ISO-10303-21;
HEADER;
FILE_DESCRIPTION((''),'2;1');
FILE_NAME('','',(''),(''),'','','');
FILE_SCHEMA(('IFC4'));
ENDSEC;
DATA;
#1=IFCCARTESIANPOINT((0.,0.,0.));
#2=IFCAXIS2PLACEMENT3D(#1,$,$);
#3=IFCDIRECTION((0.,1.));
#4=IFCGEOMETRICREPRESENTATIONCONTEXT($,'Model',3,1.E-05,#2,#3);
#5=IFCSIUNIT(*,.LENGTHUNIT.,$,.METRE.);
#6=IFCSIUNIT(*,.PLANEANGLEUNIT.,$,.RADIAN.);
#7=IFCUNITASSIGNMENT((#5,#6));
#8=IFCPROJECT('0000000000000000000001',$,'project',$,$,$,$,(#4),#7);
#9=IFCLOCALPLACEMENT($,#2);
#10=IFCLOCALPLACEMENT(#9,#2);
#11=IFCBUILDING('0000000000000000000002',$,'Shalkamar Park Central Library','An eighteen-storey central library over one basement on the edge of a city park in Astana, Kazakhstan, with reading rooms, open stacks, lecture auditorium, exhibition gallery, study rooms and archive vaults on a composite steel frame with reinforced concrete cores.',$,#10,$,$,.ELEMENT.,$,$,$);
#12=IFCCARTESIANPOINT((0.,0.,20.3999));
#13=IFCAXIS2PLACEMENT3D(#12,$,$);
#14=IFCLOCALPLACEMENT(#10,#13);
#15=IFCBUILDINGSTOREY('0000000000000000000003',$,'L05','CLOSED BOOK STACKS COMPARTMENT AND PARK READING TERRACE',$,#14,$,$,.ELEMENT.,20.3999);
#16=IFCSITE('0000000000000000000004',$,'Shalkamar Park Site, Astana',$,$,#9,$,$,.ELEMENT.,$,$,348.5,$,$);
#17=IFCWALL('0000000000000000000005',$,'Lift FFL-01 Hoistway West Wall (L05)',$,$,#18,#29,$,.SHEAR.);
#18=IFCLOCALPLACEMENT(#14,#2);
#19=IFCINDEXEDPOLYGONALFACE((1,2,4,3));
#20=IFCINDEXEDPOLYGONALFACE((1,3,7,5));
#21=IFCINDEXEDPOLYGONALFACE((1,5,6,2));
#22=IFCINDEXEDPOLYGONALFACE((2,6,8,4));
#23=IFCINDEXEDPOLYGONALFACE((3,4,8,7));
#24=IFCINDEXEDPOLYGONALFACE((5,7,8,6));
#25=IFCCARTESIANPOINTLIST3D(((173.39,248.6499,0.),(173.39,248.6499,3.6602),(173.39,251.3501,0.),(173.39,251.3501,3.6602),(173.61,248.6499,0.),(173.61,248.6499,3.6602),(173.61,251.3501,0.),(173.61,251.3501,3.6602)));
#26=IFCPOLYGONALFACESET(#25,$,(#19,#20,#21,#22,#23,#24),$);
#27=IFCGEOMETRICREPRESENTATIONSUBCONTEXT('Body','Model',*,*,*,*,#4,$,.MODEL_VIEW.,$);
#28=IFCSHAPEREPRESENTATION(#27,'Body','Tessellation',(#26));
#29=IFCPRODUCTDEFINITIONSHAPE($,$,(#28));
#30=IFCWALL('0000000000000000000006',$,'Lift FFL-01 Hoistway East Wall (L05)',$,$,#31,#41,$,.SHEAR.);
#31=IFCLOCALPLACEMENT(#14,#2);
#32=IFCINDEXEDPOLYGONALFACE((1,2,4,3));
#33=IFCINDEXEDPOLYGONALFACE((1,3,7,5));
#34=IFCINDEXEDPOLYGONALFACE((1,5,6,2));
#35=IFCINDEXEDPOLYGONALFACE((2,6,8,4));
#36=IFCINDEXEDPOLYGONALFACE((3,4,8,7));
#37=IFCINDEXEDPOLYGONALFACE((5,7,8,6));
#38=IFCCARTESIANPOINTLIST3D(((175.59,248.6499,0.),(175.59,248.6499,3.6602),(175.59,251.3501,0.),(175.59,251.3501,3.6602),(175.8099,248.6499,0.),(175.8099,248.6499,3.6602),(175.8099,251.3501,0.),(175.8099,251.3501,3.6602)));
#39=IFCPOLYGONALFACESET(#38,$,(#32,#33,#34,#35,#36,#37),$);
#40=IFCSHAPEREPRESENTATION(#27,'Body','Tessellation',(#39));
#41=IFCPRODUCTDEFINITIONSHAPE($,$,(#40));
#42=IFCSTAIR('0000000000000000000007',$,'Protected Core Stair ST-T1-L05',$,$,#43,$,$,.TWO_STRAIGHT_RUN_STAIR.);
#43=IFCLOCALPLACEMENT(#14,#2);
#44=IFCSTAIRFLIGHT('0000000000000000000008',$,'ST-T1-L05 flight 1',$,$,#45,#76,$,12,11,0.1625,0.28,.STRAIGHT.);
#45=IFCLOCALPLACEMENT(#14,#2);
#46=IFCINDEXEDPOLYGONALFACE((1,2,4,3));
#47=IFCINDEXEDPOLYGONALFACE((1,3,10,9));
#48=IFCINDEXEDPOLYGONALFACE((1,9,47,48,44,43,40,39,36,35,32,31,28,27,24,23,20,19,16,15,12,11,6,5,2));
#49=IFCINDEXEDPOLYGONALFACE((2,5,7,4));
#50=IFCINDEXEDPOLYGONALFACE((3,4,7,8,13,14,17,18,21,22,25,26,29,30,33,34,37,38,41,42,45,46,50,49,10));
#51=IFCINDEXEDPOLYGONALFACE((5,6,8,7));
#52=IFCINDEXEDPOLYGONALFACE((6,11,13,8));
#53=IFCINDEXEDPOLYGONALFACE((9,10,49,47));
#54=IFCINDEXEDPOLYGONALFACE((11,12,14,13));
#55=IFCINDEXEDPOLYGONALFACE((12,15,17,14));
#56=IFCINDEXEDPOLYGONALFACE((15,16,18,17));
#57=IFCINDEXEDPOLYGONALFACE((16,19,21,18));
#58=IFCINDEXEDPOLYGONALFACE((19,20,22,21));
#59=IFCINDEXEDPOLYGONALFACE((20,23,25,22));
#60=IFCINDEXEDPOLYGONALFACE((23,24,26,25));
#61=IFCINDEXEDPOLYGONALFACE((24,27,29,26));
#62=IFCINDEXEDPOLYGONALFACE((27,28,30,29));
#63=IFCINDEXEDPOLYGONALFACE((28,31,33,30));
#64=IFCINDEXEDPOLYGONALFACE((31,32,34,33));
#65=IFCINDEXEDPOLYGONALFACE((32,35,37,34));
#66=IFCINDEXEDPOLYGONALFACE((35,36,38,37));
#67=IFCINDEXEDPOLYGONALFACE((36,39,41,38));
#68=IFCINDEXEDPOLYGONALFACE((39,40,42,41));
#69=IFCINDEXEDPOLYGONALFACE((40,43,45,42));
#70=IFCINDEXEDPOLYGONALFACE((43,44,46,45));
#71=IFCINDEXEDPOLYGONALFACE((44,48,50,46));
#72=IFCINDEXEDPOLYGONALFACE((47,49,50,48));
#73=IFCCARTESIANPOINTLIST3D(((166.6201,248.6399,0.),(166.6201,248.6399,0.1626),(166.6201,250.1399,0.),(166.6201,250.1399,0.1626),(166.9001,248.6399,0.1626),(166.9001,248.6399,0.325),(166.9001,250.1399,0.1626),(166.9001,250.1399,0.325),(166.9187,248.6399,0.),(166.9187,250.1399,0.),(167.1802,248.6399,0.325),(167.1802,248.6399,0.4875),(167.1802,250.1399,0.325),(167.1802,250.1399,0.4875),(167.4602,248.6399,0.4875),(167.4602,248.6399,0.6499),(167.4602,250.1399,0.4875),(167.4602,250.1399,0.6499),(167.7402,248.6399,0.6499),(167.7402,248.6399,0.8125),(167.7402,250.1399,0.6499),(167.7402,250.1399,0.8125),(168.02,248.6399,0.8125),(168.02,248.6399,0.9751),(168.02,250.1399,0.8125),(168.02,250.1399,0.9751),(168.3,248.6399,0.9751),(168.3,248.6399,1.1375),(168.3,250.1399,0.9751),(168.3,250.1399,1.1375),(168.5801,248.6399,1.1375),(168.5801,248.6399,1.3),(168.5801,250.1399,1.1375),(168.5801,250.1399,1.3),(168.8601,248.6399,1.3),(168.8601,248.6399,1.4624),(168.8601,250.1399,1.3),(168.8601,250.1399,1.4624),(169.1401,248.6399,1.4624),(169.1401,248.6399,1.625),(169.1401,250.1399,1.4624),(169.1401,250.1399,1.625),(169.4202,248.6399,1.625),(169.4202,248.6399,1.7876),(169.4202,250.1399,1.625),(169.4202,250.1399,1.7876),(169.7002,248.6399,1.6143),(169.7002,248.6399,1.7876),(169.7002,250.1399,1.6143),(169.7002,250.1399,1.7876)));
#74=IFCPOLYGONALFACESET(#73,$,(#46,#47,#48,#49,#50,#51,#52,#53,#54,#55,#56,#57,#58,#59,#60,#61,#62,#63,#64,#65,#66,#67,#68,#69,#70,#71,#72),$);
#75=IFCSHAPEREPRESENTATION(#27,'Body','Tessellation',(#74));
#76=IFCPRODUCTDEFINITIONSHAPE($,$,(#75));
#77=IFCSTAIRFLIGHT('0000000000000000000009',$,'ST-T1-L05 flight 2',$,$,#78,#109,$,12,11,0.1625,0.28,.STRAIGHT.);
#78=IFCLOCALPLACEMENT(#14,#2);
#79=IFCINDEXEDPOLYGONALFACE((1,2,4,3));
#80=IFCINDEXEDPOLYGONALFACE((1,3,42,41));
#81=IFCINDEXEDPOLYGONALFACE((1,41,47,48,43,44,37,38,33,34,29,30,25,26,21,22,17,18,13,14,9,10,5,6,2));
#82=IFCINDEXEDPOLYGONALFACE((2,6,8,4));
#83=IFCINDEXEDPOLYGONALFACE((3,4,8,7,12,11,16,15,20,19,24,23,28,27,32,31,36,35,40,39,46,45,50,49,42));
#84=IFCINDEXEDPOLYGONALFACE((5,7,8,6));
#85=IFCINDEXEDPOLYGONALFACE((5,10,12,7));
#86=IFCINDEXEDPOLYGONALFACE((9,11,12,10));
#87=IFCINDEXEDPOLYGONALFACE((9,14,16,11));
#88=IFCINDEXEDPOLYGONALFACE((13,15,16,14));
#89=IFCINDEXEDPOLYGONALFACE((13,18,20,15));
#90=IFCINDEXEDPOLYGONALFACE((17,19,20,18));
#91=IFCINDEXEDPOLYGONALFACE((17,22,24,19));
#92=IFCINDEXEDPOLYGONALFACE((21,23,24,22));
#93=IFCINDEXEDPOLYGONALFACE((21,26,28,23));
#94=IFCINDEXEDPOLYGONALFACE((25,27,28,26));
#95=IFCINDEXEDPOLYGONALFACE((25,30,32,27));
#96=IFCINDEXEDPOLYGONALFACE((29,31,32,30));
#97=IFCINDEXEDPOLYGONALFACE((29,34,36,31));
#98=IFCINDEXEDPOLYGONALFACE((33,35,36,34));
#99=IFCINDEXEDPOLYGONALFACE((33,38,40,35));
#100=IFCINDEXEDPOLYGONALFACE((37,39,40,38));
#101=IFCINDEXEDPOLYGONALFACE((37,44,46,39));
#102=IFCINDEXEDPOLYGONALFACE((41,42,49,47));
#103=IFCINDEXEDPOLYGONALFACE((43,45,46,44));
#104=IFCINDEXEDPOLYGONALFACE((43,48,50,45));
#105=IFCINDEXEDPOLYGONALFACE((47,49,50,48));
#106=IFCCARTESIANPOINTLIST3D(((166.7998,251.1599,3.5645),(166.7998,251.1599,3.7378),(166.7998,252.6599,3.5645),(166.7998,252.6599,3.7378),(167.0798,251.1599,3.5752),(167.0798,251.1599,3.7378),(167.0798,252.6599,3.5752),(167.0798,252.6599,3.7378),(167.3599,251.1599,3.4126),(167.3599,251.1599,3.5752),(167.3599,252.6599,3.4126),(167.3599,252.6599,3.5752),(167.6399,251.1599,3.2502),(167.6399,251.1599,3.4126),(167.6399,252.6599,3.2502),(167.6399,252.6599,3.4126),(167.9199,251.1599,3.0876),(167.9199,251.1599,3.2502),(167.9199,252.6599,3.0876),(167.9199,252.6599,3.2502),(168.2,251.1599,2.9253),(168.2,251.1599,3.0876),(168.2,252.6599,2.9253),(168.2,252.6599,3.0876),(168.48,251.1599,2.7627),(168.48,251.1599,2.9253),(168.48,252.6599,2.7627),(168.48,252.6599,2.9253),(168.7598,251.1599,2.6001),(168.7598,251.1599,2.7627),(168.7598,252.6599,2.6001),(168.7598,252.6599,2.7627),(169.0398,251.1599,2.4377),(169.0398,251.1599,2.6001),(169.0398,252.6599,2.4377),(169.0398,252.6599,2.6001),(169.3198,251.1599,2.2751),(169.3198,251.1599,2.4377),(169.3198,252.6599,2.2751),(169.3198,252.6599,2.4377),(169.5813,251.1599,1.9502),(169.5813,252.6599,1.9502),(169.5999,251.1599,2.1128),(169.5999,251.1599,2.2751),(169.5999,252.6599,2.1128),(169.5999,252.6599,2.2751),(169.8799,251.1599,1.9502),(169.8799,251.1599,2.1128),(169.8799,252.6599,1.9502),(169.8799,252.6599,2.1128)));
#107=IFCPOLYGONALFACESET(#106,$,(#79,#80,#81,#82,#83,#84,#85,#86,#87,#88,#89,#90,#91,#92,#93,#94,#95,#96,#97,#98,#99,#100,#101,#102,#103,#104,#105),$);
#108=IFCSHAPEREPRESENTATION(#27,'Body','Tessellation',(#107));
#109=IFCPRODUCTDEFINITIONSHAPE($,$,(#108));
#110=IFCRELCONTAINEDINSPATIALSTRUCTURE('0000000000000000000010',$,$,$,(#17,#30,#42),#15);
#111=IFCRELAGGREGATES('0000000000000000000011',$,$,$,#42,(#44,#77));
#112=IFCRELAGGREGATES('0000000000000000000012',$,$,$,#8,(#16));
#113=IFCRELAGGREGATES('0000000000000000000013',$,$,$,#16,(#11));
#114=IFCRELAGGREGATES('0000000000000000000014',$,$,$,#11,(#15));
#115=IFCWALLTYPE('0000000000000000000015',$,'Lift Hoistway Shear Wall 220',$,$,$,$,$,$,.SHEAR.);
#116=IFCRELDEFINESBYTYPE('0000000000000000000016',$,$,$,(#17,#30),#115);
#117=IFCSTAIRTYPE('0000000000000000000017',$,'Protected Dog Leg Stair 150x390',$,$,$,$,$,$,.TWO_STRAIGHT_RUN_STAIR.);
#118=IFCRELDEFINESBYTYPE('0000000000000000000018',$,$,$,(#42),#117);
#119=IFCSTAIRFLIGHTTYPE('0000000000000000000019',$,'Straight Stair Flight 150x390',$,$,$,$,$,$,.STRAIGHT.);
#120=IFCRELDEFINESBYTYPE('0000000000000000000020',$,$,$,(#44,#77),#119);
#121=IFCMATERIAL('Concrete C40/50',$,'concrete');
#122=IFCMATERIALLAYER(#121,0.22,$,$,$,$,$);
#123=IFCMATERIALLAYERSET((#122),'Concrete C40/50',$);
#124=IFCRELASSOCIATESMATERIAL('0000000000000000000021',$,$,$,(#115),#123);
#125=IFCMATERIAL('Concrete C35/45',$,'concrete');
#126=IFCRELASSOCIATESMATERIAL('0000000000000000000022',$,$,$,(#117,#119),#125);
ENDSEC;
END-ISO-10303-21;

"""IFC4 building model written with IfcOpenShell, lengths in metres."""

from ifc_helpers import new_model, si_unit, direction, frame, frame_2d, origin, place, context, subcontext, project, spatial, polyline, rectangle, outline, extrude, material, layer, layer_set, type_object, element, aggregate, save


model = new_model("IFC4")

# Units and contexts
model_context = context("Model", 3, precision=1e-05, world=origin(), true_north=direction((0.0, 1.0)))
body_context = subcontext(model_context, "Body", "Model", "MODEL_VIEW")
ifc_project = project(units=[si_unit("LENGTHUNIT", "METRE"), si_unit("PLANEANGLEUNIT", "RADIAN")], contexts=[model_context])

# Site, building, storey
site_placement = place(None, origin())
site = spatial("IfcSite", under=ifc_project, at=site_placement, Name="Shalkamar Park Site, Astana", CompositionType="ELEMENT", RefElevation=348.5)
building_placement = place(site_placement, origin())
building = spatial("IfcBuilding", under=site, at=building_placement, Name="Shalkamar Park Central Library", Description="An eighteen-storey central library over one basement on the edge of a city park in Astana, Kazakhstan, with reading rooms, open stacks, lecture auditorium, exhibition gallery, study rooms and archive vaults on a composite steel frame with reinforced concrete cores.", CompositionType="ELEMENT")
storey_placement = place(building_placement, frame((0.0, 0.0, 20.3999)))
storey = spatial("IfcBuildingStorey", under=building, at=storey_placement, Name="L05", Description="CLOSED BOOK STACKS COMPARTMENT AND PARK READING TERRACE", CompositionType="ELEMENT", Elevation=20.3999)

# Walls
ifc_material_1 = material(Name="Concrete C40/50", Category="concrete")
ifc_layer_1 = layer(ifc_material_1, 0.22)
ifc_layer_set_1 = layer_set([ifc_layer_1], Name="Concrete C40/50")
wall_type_1 = type_object("IfcWallType", Name="Lift Hoistway Shear Wall 220", PredefinedType="SHEAR", material=ifc_layer_set_1)
for number, where, z_axis, x_axis, name in (
    (1, (173.5, 248.6499, 0.0), (0.0, 0.0, 1.0), (0.0, 1.0, 0.0), "Lift FFL-01 Hoistway West Wall (L05)"),
    (2, (175.7, 248.6499, 0.0), (0.0, 0.0, 1.0), (0.0, 1.0, 0.0), "Lift FFL-01 Hoistway East Wall (L05)"),
):
    element("IfcWall", number, at=place(storey_placement, frame(where, z_axis=z_axis, x_axis=x_axis)), inside=storey, type_object=wall_type_1, Name=name, PredefinedType="SHEAR", context=body_context, shape_type="SweptSolid", body=[
        extrude(rectangle(XDim=2.7002, YDim=0.22, at=frame_2d((1.3501, 0.0))), origin(), (0.0, 0.0, 1.0), 3.6602),
    ])

# Stair, stair flights
ifc_material_2 = material(Name="Concrete C35/45", Category="concrete")
stair_type = type_object("IfcStairType", Name="Protected Dog Leg Stair 150x390", PredefinedType="TWO_STRAIGHT_RUN_STAIR", material=ifc_material_2)
stair_placement = place(storey_placement, origin())
stair = element("IfcStair", 3, at=stair_placement, inside=storey, type_object=stair_type, Name="Protected Core Stair ST-T1-L05", PredefinedType="TWO_STRAIGHT_RUN_STAIR")
stair_flight_type = type_object("IfcStairFlightType", Name="Straight Stair Flight 150x390", PredefinedType="STRAIGHT", material=ifc_material_2)
stair_flight_1_placement = place(storey_placement, frame((166.6201, 249.3899, 0.0), z_axis=(0.0, 0.0, 1.0), x_axis=(1.0, 0.0, 0.0)))
stair_flight_1 = element("IfcStairFlight", 4, at=stair_flight_1_placement, type_object=stair_flight_type, Name="ST-T1-L05 flight 1", NumberOfRisers=12, NumberOfTreads=11, PredefinedType="STRAIGHT", RiserHeight=0.1625, TreadLength=0.28, context=body_context, shape_type="SweptSolid", body=[
    extrude(outline(polyline([(0.0, 0.0), (0.0, 0.1626), (0.28, 0.1626), (0.28, 0.325), (0.5601, 0.325), (0.5601, 0.4875), (0.8401, 0.4875), (0.8401, 0.6499), (1.1201, 0.6499), (1.1201, 0.8125), (1.3999, 0.8125), (1.3999, 0.9751), (1.6799, 0.9751), (1.6799, 1.1375), (1.96, 1.1375), (1.96, 1.3), (2.24, 1.3), (2.24, 1.4624), (2.52, 1.4624), (2.52, 1.625), (2.8, 1.625), (2.8, 1.7876), (3.0801, 1.7876), (3.0801, 1.95), (3.0801, 1.6143), (0.2986, 0.0), (0.0, 0.0)])), frame((0.0, 0.75, 0.0), z_axis=(0.0, -1.0, 0.0), x_axis=(1.0, 0.0, 0.0)), (0.0, 0.0, 1.0), 1.5),
])
stair_flight_2_placement = place(storey_placement, frame((169.8799, 251.9099, 1.9502), z_axis=(0.0, 0.0, 1.0), x_axis=(-1.0, 0.0, 0.0)))
stair_flight_2 = element("IfcStairFlight", 5, at=stair_flight_2_placement, type_object=stair_flight_type, Name="ST-T1-L05 flight 2", NumberOfRisers=12, NumberOfTreads=11, PredefinedType="STRAIGHT", RiserHeight=0.1625, TreadLength=0.28, context=body_context, shape_type="SweptSolid", body=[
    extrude(outline(polyline([(0.0, 0.0), (0.0, 0.1626), (0.28, 0.1626), (0.28, 0.325), (0.5601, 0.325), (0.5601, 0.4875), (0.8401, 0.4875), (0.8401, 0.6499), (1.1201, 0.6499), (1.1201, 0.8125), (1.3999, 0.8125), (1.3999, 0.9751), (1.6799, 0.9751), (1.6799, 1.1375), (1.96, 1.1375), (1.96, 1.3), (2.24, 1.3), (2.24, 1.4624), (2.52, 1.4624), (2.52, 1.625), (2.8, 1.625), (2.8, 1.7876), (3.0801, 1.7876), (3.0801, 1.95), (3.0801, 1.6143), (0.2986, 0.0), (0.0, 0.0)])), frame((0.0, 0.75, 0.0), z_axis=(0.0, -1.0, 0.0), x_axis=(1.0, 0.0, 0.0)), (0.0, 0.0, 1.0), 1.5),
])
aggregate(stair, [stair_flight_1, stair_flight_2])

save(model, "model.ifc")
